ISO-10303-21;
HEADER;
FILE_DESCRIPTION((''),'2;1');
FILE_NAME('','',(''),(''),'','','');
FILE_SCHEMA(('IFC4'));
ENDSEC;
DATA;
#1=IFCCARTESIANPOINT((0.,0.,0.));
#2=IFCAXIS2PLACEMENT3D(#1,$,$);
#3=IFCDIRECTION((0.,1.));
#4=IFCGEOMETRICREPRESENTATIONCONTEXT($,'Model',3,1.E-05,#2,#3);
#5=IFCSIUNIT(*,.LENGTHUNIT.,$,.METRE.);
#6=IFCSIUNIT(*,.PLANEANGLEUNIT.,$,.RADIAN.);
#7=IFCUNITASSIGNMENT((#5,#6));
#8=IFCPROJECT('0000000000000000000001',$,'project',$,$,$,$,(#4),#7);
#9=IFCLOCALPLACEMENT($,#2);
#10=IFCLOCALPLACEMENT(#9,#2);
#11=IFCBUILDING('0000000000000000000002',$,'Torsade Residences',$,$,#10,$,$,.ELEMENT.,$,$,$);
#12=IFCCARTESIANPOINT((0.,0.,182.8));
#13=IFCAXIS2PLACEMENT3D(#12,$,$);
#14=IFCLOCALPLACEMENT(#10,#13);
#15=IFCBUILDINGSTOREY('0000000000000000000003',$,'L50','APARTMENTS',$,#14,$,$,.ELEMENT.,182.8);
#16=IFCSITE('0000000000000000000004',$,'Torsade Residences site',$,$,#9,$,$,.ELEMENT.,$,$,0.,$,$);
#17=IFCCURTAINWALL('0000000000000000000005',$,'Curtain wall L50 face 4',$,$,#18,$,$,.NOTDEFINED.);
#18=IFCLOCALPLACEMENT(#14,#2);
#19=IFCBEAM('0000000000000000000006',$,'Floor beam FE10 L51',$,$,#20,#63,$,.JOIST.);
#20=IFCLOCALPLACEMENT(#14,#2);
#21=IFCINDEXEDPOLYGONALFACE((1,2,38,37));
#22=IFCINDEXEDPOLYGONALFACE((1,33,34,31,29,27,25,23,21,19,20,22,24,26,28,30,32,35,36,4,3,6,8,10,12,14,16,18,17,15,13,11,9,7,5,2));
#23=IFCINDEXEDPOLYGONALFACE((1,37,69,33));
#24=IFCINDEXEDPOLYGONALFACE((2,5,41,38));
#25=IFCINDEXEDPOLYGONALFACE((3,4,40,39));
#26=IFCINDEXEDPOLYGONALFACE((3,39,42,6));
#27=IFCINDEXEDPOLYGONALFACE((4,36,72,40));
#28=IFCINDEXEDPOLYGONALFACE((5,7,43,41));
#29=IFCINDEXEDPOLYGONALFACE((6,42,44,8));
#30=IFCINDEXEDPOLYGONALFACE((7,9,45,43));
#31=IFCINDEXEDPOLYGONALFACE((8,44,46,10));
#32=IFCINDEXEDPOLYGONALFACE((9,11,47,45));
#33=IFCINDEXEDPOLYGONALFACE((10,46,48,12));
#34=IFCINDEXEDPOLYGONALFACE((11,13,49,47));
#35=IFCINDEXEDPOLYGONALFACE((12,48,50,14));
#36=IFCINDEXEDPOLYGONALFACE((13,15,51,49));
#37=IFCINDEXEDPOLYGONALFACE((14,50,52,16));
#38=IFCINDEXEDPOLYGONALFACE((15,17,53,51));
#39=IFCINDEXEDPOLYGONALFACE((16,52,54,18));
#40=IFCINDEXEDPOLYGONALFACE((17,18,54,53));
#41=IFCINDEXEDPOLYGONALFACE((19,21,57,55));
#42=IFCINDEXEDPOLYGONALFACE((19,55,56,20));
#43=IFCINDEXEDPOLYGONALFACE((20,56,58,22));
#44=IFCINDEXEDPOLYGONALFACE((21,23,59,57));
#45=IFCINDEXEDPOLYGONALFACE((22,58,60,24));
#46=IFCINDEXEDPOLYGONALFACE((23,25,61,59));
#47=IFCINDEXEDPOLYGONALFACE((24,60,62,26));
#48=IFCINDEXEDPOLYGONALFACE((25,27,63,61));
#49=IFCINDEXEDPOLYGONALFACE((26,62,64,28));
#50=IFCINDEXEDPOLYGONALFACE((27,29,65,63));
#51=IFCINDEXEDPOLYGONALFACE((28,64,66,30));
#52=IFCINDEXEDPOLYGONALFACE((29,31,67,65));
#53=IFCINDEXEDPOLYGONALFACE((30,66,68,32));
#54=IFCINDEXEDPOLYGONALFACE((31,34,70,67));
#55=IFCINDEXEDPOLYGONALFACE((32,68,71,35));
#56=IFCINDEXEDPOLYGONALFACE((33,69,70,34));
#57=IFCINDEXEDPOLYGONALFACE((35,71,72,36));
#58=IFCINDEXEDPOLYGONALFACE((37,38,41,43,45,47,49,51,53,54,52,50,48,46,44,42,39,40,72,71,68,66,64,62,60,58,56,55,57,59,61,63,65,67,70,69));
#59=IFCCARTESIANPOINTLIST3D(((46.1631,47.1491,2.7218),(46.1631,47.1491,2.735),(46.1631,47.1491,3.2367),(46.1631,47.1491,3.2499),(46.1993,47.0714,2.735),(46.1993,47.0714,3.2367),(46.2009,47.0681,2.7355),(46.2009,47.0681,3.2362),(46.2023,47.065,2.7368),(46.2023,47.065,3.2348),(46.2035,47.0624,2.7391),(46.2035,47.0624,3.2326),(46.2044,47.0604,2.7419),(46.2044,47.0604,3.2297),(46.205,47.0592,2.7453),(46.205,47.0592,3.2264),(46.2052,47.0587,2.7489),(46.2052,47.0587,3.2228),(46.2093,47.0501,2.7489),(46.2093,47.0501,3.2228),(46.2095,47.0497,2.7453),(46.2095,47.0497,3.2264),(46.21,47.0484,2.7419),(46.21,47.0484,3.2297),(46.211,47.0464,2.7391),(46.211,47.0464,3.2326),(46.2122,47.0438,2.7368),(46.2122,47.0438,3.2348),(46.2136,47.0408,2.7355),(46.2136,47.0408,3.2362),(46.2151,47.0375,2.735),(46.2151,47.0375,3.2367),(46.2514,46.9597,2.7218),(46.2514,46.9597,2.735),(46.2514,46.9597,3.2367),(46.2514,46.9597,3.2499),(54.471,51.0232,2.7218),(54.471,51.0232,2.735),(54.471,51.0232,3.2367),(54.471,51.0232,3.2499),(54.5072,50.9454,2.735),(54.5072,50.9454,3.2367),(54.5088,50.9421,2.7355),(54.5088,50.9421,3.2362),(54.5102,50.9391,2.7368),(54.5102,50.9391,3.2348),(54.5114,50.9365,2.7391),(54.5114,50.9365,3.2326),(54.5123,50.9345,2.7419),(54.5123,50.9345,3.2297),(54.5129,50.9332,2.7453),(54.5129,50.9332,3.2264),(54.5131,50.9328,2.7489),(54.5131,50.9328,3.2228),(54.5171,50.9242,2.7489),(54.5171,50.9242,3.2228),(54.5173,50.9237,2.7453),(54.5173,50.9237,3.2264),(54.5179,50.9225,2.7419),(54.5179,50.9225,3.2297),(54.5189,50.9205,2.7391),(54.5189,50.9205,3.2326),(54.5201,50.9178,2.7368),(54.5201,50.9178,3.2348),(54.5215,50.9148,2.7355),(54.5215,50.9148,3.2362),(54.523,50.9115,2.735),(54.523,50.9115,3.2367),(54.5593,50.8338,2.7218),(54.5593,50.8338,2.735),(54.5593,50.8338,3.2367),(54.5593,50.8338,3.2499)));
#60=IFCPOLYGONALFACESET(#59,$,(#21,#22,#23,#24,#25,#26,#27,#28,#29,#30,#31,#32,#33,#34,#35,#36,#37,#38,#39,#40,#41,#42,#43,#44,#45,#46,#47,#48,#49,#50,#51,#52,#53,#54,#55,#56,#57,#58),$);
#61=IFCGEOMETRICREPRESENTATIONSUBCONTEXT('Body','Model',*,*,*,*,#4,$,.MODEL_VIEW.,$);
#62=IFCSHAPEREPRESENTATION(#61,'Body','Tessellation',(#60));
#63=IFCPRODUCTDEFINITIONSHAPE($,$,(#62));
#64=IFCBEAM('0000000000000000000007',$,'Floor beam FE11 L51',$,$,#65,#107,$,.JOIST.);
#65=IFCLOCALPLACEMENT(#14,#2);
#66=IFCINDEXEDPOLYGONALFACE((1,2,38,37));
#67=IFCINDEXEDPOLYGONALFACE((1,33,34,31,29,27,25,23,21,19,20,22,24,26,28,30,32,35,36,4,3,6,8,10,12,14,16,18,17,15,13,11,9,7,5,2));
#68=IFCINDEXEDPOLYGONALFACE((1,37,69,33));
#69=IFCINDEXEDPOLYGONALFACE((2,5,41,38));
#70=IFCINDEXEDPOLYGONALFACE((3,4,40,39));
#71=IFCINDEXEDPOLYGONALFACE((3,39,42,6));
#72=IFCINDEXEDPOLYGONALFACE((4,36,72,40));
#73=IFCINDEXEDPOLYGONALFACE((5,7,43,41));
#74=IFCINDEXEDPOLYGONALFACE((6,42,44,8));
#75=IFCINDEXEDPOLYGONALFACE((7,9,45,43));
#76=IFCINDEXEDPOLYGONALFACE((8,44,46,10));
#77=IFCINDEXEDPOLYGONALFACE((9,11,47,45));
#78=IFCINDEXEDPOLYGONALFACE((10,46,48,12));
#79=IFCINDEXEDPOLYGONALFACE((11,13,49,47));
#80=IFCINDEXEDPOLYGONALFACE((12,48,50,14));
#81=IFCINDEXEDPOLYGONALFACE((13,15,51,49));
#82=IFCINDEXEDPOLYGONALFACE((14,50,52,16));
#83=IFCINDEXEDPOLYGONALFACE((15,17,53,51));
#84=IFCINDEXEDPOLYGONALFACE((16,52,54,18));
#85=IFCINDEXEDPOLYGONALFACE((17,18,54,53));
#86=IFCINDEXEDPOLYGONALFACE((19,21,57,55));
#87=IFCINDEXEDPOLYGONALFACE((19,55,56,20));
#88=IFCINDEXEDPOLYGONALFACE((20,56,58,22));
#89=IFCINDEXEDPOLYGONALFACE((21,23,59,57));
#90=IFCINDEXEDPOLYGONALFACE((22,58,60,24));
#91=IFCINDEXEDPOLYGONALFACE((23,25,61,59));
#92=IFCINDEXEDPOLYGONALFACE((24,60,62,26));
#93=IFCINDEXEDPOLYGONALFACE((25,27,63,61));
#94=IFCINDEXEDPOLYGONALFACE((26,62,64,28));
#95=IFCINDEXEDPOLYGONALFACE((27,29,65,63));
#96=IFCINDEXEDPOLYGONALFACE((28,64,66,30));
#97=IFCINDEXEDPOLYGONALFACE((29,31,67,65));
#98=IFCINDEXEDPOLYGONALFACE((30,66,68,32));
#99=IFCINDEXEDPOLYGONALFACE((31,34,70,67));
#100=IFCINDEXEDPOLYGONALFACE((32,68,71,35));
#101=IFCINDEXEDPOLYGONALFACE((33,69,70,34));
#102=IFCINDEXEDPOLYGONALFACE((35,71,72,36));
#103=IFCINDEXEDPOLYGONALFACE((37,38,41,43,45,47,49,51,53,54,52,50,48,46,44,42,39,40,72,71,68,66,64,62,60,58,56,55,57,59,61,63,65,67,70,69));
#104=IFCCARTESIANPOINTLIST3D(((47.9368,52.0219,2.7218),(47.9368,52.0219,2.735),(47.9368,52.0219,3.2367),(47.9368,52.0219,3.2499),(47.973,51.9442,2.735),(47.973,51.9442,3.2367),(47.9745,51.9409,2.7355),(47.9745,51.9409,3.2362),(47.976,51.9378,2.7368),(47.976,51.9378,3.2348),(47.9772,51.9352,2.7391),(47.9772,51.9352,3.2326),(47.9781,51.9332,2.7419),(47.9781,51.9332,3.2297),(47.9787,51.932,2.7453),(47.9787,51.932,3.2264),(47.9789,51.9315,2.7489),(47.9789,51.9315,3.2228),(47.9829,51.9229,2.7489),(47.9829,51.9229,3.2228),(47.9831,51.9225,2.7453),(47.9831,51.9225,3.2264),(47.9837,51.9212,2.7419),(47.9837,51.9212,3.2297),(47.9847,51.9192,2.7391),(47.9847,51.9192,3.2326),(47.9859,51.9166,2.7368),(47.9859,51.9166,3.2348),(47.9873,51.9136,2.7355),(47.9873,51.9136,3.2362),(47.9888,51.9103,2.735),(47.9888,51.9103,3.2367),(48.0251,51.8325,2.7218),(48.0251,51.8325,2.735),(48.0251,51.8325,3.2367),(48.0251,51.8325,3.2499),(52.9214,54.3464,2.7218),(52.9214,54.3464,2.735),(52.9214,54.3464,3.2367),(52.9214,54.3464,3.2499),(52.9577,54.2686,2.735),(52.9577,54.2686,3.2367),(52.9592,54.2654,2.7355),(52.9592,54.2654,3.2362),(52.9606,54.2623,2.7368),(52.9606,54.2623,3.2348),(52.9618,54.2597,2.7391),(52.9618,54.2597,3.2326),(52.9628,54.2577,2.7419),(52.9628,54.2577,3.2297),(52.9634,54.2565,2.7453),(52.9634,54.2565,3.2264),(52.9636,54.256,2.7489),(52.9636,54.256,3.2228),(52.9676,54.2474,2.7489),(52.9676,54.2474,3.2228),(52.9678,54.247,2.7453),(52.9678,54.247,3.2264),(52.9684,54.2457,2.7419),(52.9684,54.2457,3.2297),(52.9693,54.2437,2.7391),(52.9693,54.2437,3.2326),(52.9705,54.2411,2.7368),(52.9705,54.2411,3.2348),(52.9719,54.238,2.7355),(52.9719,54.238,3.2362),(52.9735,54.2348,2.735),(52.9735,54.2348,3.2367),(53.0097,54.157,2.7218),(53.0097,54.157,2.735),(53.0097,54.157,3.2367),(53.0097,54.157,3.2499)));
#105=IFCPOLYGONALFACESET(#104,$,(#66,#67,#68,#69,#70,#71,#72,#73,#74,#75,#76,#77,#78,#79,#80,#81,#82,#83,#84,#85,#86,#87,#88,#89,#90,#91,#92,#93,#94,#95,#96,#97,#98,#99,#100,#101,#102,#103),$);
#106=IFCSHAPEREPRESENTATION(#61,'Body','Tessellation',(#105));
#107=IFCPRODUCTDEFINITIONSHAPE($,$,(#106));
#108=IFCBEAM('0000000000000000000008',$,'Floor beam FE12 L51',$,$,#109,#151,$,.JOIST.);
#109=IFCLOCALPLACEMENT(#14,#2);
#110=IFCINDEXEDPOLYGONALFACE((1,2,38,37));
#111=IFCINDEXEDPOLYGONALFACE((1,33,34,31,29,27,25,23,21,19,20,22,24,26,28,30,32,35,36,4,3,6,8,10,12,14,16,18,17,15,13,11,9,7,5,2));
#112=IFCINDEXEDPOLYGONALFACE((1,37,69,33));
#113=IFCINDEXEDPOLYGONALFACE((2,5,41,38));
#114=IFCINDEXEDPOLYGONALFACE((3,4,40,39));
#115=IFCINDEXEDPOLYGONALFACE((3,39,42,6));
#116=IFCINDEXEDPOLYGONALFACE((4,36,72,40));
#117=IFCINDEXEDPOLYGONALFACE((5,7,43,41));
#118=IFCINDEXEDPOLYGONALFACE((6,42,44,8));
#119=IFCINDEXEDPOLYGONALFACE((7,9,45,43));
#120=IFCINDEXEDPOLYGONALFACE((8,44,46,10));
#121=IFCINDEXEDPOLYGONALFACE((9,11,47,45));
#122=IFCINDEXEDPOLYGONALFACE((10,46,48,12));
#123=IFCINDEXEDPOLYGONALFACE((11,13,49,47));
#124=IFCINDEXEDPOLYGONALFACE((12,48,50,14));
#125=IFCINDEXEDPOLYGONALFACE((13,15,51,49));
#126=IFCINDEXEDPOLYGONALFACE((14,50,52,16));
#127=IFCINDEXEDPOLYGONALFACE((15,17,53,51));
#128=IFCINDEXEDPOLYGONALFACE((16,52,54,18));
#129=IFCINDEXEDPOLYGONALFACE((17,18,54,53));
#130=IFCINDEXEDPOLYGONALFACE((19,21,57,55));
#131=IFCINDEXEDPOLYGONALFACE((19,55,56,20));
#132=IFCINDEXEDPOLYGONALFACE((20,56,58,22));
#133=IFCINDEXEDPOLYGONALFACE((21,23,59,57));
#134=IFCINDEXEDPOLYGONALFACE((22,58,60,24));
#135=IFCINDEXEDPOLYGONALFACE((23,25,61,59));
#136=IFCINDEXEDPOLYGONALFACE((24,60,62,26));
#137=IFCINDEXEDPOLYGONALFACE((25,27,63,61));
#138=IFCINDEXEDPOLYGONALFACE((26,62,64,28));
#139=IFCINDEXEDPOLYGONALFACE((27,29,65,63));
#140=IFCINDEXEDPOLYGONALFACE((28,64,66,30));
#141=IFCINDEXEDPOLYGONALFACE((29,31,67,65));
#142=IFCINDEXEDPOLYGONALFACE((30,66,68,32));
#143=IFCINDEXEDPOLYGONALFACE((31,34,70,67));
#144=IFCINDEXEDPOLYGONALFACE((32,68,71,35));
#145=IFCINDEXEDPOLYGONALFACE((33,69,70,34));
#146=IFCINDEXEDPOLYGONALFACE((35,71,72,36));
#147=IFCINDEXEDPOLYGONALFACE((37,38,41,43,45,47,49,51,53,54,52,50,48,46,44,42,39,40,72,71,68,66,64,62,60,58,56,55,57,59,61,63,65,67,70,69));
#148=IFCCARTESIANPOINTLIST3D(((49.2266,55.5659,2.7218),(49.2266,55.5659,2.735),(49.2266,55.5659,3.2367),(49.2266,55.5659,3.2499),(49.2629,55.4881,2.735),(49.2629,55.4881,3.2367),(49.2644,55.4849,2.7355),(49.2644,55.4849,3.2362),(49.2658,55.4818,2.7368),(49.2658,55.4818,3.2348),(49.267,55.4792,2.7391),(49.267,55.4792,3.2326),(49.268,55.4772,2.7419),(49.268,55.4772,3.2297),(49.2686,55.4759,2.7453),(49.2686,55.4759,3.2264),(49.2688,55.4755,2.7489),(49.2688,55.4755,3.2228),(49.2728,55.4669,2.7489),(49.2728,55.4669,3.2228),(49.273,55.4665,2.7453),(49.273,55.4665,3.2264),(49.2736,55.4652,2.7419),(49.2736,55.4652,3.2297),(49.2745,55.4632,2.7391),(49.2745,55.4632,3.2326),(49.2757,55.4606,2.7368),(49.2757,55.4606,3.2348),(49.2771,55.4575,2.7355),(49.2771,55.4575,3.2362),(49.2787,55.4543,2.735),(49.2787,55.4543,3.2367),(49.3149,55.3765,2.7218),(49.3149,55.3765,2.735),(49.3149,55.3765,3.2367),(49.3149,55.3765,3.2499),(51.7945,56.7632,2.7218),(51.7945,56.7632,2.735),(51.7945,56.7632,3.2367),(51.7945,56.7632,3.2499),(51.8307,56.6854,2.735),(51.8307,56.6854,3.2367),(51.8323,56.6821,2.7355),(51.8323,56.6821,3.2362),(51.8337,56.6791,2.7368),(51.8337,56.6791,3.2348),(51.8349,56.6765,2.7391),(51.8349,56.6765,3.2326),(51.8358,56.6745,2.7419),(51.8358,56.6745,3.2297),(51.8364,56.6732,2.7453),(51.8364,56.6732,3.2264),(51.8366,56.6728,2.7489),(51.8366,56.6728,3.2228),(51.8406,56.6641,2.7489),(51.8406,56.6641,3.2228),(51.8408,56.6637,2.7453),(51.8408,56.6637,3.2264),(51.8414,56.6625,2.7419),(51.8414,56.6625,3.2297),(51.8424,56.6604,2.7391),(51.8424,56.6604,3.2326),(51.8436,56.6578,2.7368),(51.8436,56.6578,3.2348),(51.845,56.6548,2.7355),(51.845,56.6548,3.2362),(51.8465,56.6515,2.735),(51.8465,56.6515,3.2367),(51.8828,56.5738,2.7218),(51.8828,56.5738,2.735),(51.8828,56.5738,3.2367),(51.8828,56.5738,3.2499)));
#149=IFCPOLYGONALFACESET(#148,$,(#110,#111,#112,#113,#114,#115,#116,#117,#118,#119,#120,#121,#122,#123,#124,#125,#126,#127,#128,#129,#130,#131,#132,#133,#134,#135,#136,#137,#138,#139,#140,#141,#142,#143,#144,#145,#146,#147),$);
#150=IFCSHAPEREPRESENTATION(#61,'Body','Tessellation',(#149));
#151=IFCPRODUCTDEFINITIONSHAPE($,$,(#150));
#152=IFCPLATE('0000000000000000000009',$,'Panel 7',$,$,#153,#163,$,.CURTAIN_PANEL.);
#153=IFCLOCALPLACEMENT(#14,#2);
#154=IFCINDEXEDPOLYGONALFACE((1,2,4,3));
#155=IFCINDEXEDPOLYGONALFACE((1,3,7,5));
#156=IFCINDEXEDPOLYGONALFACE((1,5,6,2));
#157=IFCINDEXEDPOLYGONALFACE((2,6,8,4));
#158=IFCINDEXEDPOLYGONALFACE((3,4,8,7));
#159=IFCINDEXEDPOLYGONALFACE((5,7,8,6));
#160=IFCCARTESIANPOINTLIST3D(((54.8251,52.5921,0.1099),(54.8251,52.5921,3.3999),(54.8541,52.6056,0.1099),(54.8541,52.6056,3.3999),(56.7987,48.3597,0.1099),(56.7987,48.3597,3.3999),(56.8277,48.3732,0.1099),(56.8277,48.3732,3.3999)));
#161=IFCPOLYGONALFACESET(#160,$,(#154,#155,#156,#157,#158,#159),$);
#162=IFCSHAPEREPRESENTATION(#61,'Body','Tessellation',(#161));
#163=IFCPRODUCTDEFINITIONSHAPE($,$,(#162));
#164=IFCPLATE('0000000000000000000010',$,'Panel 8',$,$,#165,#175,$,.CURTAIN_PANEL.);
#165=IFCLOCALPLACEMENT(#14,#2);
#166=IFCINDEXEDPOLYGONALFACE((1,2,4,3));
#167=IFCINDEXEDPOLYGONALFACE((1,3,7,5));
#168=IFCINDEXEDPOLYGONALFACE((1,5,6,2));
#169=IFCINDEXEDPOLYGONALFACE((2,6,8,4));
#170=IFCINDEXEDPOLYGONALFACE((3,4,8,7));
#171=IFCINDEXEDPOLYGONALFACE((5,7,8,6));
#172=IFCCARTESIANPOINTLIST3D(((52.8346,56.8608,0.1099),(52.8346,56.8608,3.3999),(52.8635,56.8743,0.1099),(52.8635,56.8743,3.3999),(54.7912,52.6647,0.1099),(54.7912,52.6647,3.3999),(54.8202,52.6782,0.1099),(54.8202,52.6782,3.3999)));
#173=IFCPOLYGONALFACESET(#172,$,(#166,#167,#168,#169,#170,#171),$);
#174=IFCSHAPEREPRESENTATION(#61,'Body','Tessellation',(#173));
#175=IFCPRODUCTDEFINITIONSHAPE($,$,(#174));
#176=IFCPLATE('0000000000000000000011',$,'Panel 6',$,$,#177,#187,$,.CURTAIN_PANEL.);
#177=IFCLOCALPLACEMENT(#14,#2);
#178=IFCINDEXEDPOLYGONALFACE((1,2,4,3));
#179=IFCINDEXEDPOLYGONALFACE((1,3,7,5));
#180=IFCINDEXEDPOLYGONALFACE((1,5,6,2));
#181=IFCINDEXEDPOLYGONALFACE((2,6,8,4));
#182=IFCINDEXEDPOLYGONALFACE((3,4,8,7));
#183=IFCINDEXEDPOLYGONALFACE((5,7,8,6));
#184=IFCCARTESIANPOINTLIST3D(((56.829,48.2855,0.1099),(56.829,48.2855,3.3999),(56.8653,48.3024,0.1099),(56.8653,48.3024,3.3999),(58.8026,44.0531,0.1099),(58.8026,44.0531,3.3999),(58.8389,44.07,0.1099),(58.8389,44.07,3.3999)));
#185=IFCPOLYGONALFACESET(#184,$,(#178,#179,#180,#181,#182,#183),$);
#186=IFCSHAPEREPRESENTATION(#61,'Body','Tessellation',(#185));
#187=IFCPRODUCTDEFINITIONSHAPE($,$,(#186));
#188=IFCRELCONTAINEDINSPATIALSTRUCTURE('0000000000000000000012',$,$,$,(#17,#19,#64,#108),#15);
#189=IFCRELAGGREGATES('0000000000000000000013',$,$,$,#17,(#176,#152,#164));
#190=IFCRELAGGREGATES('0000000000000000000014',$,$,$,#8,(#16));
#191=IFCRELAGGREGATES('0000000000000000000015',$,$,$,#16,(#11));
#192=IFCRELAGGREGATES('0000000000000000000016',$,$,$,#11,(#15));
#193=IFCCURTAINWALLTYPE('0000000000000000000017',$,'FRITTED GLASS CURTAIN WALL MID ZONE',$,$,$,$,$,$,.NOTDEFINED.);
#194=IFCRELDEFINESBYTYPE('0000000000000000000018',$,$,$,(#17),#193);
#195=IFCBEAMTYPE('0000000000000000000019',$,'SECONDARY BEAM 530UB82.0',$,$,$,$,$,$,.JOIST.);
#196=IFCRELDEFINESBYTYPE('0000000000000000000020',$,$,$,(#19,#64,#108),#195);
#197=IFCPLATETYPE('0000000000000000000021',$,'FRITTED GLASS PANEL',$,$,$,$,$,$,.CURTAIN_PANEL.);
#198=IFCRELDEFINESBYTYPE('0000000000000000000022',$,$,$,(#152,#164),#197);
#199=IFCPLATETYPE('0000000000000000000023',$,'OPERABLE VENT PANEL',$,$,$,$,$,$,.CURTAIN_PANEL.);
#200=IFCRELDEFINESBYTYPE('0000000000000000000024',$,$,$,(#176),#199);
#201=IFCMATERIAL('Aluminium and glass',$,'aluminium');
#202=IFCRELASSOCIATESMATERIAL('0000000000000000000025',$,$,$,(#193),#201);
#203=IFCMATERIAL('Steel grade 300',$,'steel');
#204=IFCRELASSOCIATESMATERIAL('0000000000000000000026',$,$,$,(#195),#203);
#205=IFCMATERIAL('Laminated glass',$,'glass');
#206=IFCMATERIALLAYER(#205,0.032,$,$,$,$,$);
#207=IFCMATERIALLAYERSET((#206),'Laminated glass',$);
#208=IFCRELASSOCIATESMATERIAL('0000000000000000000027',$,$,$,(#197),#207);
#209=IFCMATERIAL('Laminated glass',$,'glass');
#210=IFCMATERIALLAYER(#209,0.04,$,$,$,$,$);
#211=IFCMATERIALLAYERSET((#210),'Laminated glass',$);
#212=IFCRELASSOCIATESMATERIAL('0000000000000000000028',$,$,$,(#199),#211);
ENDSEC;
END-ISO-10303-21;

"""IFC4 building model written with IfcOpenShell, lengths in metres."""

from ifc_helpers import new_model, si_unit, direction, frame, origin, origin_2d, place, context, subcontext, project, spatial, rectangle, i_section, extrude, material, layer, layer_set, material_profile, profile_set, type_object, element, aggregate, save


model = new_model("IFC4")

# Units and contexts
model_context = context("Model", 3, precision=1e-05, world=origin(), true_north=direction((0.0, 1.0)))
body_context = subcontext(model_context, "Body", "Model", "MODEL_VIEW")
ifc_project = project(units=[si_unit("LENGTHUNIT", "METRE"), si_unit("PLANEANGLEUNIT", "RADIAN")], contexts=[model_context])

# Site, building, storey
site_placement = place(None, origin())
site = spatial("IfcSite", under=ifc_project, at=site_placement, Name="Torsade Residences site", CompositionType="ELEMENT", RefElevation=0.0)
building_placement = place(site_placement, origin())
building = spatial("IfcBuilding", under=site, at=building_placement, Name="Torsade Residences", CompositionType="ELEMENT")
storey_placement = place(building_placement, frame((0.0, 0.0, 182.8)))
storey = spatial("IfcBuildingStorey", under=building, at=storey_placement, Name="L50", Description="APARTMENTS", CompositionType="ELEMENT", Elevation=182.8)

# Curtain wall
ifc_material_1 = material(Name="Aluminium and glass", Category="aluminium")
curtain_wall_type = type_object("IfcCurtainWallType", Name="FRITTED GLASS CURTAIN WALL MID ZONE", PredefinedType="NOTDEFINED", material=ifc_material_1)
curtain_wall_placement = place(storey_placement, origin())
curtain_wall = element("IfcCurtainWall", 1, at=curtain_wall_placement, inside=storey, type_object=curtain_wall_type, Name="Curtain wall L50 face 4", PredefinedType="NOTDEFINED")

# Beams
ifc_material_2 = material(Name="Steel grade 300", Category="steel")
ifc_material_profile_1 = material_profile(ifc_material_2, i_section(OverallWidth=0.209, OverallDepth=0.5281, WebThickness=0.0095, FlangeThickness=0.0132, FilletRadius=0.0139, at=origin_2d()), Name="530UB82.0")
ifc_profile_set_1 = profile_set([ifc_material_profile_1], Name="Steel grade 300")
beam_type_1 = type_object("IfcBeamType", Name="SECONDARY BEAM 530UB82.0", PredefinedType="JOIST", material=ifc_profile_set_1)
beam_1_placement = place(storey_placement, frame((54.5151, 50.9285, 2.9858), z_axis=(-0.906308, -0.422619, 0.0), x_axis=(0.422619, -0.906308, 0.0)))
element("IfcBeam", 2, at=beam_1_placement, inside=storey, type_object=beam_type_1, Name="Floor beam FE10 L51", PredefinedType="JOIST", context=body_context, shape_type="SweptSolid", body=[
    extrude(i_section(OverallWidth=0.209, OverallDepth=0.5281, WebThickness=0.0095, FlangeThickness=0.0132, FilletRadius=0.0139, at=origin_2d()), origin(), (0.0, 0.0, 1.0), 9.1667),
])
beam_2_placement = place(storey_placement, frame((52.9656, 54.2517, 2.9858), z_axis=(-0.906301, -0.422633, 0.0), x_axis=(0.422633, -0.906301, 0.0)))
element("IfcBeam", 3, at=beam_2_placement, inside=storey, type_object=beam_type_1, Name="Floor beam FE11 L51", PredefinedType="JOIST", context=body_context, shape_type="SweptSolid", body=[
    extrude(i_section(OverallWidth=0.209, OverallDepth=0.5281, WebThickness=0.0095, FlangeThickness=0.0132, FilletRadius=0.0139, at=origin_2d()), origin(), (0.0, 0.0, 1.0), 5.5),
])
beam_3_placement = place(storey_placement, frame((51.8386, 56.6685, 2.9858), z_axis=(-0.906328, -0.422574, 0.0), x_axis=(0.422574, -0.906328, 0.0)))
element("IfcBeam", 4, at=beam_3_placement, inside=storey, type_object=beam_type_1, Name="Floor beam FE12 L51", PredefinedType="JOIST", context=body_context, shape_type="SweptSolid", body=[
    extrude(i_section(OverallWidth=0.209, OverallDepth=0.5281, WebThickness=0.0095, FlangeThickness=0.0132, FilletRadius=0.0139, at=origin_2d()), origin(), (0.0, 0.0, 1.0), 2.8333),
])

# Plates
ifc_material_3 = material(Name="Laminated glass", Category="glass")
ifc_layer_1 = layer(ifc_material_3, 0.032)
ifc_layer_set_1 = layer_set([ifc_layer_1], Name="Laminated glass")
plate_type_1 = type_object("IfcPlateType", Name="FRITTED GLASS PANEL", PredefinedType="CURTAIN_PANEL", material=ifc_layer_set_1)
plate_1_placement = place(storey_placement, frame((55.8264, 50.4827, 0.1099), z_axis=(0.0, 0.0, 1.0), x_axis=(-0.422618, 0.906308, 0.0)))
plate_1 = element("IfcPlate", 5, at=plate_1_placement, type_object=plate_type_1, Name="Panel 7", PredefinedType="CURTAIN_PANEL", context=body_context, shape_type="SweptSolid", body=[
    extrude(rectangle(XDim=4.6699, YDim=0.032, at=origin_2d()), origin(), (0.0, 0.0, 1.0), 3.29),
])
plate_2_placement = place(storey_placement, frame((53.8274, 54.7695, 0.1099), z_axis=(0.0, 0.0, 1.0), x_axis=(-0.422618, 0.906308, 0.0)))
plate_2 = element("IfcPlate", 6, at=plate_2_placement, type_object=plate_type_1, Name="Panel 8", PredefinedType="CURTAIN_PANEL", context=body_context, shape_type="SweptSolid", body=[
    extrude(rectangle(XDim=4.6299, YDim=0.032, at=origin_2d()), origin(), (0.0, 0.0, 1.0), 3.29),
])
ifc_material_4 = material(Name="Laminated glass", Category="glass")
ifc_layer_2 = layer(ifc_material_4, 0.04)
ifc_layer_set_2 = layer_set([ifc_layer_2], Name="Laminated glass")
plate_type_2 = type_object("IfcPlateType", Name="OPERABLE VENT PANEL", PredefinedType="CURTAIN_PANEL", material=ifc_layer_set_2)
plate_3_placement = place(storey_placement, frame((57.834, 46.1777, 0.1099), z_axis=(0.0, 0.0, 1.0), x_axis=(-0.422618, 0.906308, 0.0)))
plate_3 = element("IfcPlate", 7, at=plate_3_placement, type_object=plate_type_2, Name="Panel 6", PredefinedType="CURTAIN_PANEL", context=body_context, shape_type="SweptSolid", body=[
    extrude(rectangle(XDim=4.6699, YDim=0.04, at=origin_2d()), origin(), (0.0, 0.0, 1.0), 3.29),
])
aggregate(curtain_wall, [plate_3, plate_1, plate_2])

save(model, "model.ifc")
